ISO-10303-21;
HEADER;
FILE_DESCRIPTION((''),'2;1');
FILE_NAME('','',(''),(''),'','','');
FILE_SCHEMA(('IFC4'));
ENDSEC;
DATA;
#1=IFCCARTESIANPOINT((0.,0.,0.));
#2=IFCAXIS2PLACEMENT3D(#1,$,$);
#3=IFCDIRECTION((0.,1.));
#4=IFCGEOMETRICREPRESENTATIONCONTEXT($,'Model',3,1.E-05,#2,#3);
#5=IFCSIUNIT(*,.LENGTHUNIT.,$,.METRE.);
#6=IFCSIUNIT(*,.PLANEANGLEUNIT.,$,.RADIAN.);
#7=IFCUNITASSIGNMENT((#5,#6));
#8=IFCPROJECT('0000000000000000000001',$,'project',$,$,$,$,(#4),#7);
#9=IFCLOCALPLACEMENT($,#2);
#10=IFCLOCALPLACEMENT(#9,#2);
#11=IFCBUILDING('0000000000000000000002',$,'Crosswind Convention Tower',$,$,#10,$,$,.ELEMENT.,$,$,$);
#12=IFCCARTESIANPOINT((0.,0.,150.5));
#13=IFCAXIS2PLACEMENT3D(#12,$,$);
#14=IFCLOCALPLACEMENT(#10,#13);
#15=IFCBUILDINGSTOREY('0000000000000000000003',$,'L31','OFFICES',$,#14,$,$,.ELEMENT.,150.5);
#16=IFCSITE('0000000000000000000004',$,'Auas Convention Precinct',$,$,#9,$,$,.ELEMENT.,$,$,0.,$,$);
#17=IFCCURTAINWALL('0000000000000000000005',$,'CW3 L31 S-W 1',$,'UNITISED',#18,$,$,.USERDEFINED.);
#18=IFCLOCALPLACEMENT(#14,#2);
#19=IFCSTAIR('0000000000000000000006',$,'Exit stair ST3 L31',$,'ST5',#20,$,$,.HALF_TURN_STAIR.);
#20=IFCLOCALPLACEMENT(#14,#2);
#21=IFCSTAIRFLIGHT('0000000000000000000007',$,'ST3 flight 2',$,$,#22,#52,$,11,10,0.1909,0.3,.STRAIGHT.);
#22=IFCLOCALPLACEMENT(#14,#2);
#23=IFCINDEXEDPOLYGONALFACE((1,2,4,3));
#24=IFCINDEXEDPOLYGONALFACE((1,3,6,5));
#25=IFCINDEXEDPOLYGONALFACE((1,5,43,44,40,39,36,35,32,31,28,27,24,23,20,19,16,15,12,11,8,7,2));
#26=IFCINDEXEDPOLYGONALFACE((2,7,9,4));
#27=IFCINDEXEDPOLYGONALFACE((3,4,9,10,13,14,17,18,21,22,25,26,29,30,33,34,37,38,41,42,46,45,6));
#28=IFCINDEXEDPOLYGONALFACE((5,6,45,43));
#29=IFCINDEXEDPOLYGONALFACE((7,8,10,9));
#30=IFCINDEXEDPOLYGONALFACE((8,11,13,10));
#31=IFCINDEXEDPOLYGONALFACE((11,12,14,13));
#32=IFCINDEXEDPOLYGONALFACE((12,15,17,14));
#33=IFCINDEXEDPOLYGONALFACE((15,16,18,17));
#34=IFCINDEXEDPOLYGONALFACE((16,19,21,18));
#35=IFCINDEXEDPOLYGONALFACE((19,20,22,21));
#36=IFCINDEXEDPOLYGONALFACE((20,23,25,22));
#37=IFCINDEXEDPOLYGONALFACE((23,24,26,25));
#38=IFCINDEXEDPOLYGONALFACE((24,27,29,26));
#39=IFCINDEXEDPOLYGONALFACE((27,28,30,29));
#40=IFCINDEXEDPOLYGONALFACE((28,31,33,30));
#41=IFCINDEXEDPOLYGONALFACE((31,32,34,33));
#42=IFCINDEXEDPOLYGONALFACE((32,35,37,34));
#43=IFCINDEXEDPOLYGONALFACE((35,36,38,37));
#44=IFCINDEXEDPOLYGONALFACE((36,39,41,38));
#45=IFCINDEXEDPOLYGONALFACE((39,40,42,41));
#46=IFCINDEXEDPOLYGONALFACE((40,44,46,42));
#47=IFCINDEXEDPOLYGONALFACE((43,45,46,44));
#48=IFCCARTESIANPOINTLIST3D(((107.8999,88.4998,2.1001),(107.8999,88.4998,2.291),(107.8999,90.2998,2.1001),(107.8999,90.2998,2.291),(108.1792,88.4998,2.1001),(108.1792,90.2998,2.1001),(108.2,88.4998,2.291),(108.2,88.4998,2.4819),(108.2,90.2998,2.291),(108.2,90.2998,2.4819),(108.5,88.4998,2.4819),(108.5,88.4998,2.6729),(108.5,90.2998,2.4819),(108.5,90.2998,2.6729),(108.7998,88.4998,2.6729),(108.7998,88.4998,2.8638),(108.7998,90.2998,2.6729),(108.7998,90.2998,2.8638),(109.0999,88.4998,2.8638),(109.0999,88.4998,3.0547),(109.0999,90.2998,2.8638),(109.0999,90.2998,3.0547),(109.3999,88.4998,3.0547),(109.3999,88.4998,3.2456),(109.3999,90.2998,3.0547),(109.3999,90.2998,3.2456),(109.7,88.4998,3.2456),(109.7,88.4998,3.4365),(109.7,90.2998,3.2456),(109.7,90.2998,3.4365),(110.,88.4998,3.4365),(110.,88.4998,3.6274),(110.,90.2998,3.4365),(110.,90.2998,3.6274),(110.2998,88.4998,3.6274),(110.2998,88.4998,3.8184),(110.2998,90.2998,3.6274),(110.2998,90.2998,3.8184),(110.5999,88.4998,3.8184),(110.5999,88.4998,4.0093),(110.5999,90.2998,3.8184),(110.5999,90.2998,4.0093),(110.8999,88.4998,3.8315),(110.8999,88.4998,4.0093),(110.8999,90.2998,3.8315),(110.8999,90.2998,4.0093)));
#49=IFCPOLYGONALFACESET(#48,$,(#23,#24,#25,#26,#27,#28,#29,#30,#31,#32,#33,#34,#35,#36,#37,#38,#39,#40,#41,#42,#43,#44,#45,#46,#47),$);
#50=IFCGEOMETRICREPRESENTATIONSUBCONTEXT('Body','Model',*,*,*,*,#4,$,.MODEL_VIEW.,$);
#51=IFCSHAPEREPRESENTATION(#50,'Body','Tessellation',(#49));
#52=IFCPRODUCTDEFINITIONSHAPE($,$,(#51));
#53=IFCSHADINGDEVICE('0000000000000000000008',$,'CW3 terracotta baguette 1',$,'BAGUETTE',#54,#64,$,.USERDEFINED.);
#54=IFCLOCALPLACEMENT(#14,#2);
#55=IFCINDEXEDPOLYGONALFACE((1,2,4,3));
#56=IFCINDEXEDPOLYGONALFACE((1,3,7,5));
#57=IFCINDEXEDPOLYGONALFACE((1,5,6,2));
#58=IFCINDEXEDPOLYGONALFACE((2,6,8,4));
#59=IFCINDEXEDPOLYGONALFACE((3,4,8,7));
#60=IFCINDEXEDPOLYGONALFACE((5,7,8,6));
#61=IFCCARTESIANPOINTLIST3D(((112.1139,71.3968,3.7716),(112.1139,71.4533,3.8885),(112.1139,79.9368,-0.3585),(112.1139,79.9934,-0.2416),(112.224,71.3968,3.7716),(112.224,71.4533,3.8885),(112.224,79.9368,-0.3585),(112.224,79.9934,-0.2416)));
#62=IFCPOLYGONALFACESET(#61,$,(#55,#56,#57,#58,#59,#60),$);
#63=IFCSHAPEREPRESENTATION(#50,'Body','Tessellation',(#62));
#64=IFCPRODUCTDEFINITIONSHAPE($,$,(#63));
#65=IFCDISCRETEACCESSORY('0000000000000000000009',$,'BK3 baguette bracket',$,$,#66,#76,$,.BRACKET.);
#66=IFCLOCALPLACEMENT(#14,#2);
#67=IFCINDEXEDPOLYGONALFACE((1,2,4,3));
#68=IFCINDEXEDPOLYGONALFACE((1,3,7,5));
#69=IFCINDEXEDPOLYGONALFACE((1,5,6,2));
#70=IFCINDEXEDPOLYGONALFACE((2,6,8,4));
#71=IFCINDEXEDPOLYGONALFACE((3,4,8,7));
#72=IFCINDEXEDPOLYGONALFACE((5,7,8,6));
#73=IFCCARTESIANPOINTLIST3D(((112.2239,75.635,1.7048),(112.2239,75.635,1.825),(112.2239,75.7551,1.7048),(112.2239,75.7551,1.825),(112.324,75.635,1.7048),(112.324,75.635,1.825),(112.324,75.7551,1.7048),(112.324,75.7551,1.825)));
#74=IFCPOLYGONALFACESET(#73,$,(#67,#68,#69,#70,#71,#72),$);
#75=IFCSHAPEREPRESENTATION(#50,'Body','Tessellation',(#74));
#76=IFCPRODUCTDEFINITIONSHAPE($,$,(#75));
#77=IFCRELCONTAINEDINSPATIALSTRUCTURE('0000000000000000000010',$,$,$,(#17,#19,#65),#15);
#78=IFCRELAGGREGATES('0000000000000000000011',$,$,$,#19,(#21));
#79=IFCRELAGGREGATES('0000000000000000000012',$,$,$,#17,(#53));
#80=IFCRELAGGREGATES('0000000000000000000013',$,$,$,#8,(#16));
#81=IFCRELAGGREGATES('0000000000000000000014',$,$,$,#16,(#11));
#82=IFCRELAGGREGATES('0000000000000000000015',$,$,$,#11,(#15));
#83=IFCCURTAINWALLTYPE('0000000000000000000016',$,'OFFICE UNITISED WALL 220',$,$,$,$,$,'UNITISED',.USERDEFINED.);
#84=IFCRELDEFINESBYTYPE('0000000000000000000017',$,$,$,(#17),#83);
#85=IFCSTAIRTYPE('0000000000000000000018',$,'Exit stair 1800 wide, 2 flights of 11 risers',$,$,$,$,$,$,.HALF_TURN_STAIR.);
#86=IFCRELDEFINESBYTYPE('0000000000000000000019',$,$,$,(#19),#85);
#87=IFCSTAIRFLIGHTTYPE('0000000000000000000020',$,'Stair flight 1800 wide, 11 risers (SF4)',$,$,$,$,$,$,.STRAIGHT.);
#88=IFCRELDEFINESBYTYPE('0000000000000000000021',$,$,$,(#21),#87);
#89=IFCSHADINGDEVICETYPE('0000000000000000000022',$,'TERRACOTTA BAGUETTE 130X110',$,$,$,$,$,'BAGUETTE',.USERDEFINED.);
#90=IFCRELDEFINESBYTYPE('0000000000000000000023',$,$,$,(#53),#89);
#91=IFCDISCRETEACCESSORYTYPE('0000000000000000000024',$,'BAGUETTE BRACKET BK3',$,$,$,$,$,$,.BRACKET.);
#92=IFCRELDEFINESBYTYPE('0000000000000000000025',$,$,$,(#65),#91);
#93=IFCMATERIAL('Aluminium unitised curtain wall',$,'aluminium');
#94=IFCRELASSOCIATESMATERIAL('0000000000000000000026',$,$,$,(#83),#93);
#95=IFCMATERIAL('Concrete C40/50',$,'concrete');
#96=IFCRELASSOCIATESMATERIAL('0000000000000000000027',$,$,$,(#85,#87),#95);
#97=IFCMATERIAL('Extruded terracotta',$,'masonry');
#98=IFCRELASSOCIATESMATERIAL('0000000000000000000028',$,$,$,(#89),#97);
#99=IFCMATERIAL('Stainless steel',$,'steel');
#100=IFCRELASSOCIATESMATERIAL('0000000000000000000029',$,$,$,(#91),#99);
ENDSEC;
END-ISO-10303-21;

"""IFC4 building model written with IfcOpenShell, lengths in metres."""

from ifc_helpers import new_model, si_unit, direction, frame, origin, origin_2d, place, context, subcontext, project, spatial, polyline, rectangle, outline, extrude, material, material_profile, profile_set, type_object, element, aggregate, save


model = new_model("IFC4")

# Units and contexts
model_context = context("Model", 3, precision=1e-05, world=origin(), true_north=direction((0.0, 1.0)))
body_context = subcontext(model_context, "Body", "Model", "MODEL_VIEW")
ifc_project = project(units=[si_unit("LENGTHUNIT", "METRE"), si_unit("PLANEANGLEUNIT", "RADIAN")], contexts=[model_context])

# Site, building, storey
site_placement = place(None, origin())
site = spatial("IfcSite", under=ifc_project, at=site_placement, Name="Auas Convention Precinct", CompositionType="ELEMENT", RefElevation=0.0)
building_placement = place(site_placement, origin())
building = spatial("IfcBuilding", under=site, at=building_placement, Name="Crosswind Convention Tower", CompositionType="ELEMENT")
storey_placement = place(building_placement, frame((0.0, 0.0, 150.5)))
storey = spatial("IfcBuildingStorey", under=building, at=storey_placement, Name="L31", Description="OFFICES", CompositionType="ELEMENT", Elevation=150.5)

# Curtain wall
ifc_material_1 = material(Name="Aluminium unitised curtain wall", Category="aluminium")
curtain_wall_type_1 = type_object("IfcCurtainWallType", Name="OFFICE UNITISED WALL 220", ElementType="UNITISED", PredefinedType="USERDEFINED", material=ifc_material_1)
curtain_wall_1_placement = place(storey_placement, origin())
curtain_wall_1 = element("IfcCurtainWall", 1, at=curtain_wall_1_placement, inside=storey, type_object=curtain_wall_type_1, Name="CW3 L31 S-W 1", ObjectType="UNITISED", PredefinedType="USERDEFINED")

# Shared definitions
ifc_material_2 = material(Name="Stainless steel", Category="steel")

# Stair, stair flight
ifc_material_3 = material(Name="Concrete C40/50", Category="concrete")
stair_type = type_object("IfcStairType", Name="Exit stair 1800 wide, 2 flights of 11 risers", PredefinedType="HALF_TURN_STAIR", material=ifc_material_3)
stair_placement = place(storey_placement, origin())
stair = element("IfcStair", 2, at=stair_placement, inside=storey, type_object=stair_type, Name="Exit stair ST3 L31", ObjectType="ST5", PredefinedType="HALF_TURN_STAIR")
stair_flight_type = type_object("IfcStairFlightType", Name="Stair flight 1800 wide, 11 risers (SF4)", PredefinedType="STRAIGHT", material=ifc_material_3)
stair_flight_1_placement = place(storey_placement, frame((107.8999, 89.3999, 2.1001), z_axis=(0.0, 0.0, 1.0), x_axis=(1.0, 0.0, 0.0)))
stair_flight_1 = element("IfcStairFlight", 3, at=stair_flight_1_placement, type_object=stair_flight_type, Name="ST3 flight 2", NumberOfRisers=11, NumberOfTreads=10, PredefinedType="STRAIGHT", RiserHeight=0.1909, TreadLength=0.3, context=body_context, shape_type="SweptSolid", body=[
    extrude(outline(polyline([(0.0, 0.0), (0.0, 0.1909), (0.3, 0.1909), (0.3, 0.3818), (0.6001, 0.3818), (0.6001, 0.5728), (0.8999, 0.5728), (0.8999, 0.7637), (1.2, 0.7637), (1.2, 0.9546), (1.5, 0.9546), (1.5, 1.1455), (1.8, 1.1455), (1.8, 1.3364), (2.1001, 1.3364), (2.1001, 1.5273), (2.3999, 1.5273), (2.3999, 1.7183), (2.7, 1.7183), (2.7, 1.9092), (3.0, 1.9092), (3.0, 2.1001), (3.0, 1.7314), (0.2793, 0.0), (0.0, 0.0)])), frame((0.0, 0.8999, 0.0), z_axis=(0.0, -1.0, 0.0), x_axis=(1.0, 0.0, 0.0)), (0.0, 0.0, 1.0), 1.8),
])
aggregate(stair, [stair_flight_1])

# Shading device
ifc_material_4 = material(Name="Extruded terracotta", Category="masonry")
ifc_material_profile_1 = material_profile(ifc_material_4, rectangle(XDim=0.1101, YDim=0.1299, at=origin_2d()), Name="TC 110X130")
ifc_profile_set_1 = profile_set([ifc_material_profile_1], Name="Extruded terracotta")
shading_device_type = type_object("IfcShadingDeviceType", Name="TERRACOTTA BAGUETTE 130X110", ElementType="BAGUETTE", PredefinedType="USERDEFINED", material=ifc_profile_set_1)
shading_device_placement = place(storey_placement, frame((112.1689, 79.9651, -0.3), z_axis=(0.0, -0.900248, 0.435377), x_axis=(1.0, 0.0, 0.0)))
shading_device = element("IfcShadingDevice", 4, at=shading_device_placement, type_object=shading_device_type, Name="CW3 terracotta baguette 1", ObjectType="BAGUETTE", PredefinedType="USERDEFINED", context=body_context, shape_type="SweptSolid", body=[
    extrude(rectangle(XDim=0.1101, YDim=0.1299, at=origin_2d()), origin(), (0.0, 0.0, 1.0), 9.4863),
])
aggregate(curtain_wall_1, [shading_device])

# Discrete accessory
discrete_accessory_type = type_object("IfcDiscreteAccessoryType", Name="BAGUETTE BRACKET BK3", PredefinedType="BRACKET", material=ifc_material_2)
discrete_accessory_placement = place(storey_placement, frame((112.2739, 75.6951, 1.7048), z_axis=(0.0, 0.0, 1.0), x_axis=(0.0, -1.0, 0.0)))
element("IfcDiscreteAccessory", 5, at=discrete_accessory_placement, inside=storey, type_object=discrete_accessory_type, Name="BK3 baguette bracket", PredefinedType="BRACKET", context=body_context, shape_type="SweptSolid", body=[
    extrude(rectangle(XDim=0.1201, YDim=0.1001, at=origin_2d()), origin(), (0.0, 0.0, 1.0), 0.1201),
])

save(model, "model.ifc")
